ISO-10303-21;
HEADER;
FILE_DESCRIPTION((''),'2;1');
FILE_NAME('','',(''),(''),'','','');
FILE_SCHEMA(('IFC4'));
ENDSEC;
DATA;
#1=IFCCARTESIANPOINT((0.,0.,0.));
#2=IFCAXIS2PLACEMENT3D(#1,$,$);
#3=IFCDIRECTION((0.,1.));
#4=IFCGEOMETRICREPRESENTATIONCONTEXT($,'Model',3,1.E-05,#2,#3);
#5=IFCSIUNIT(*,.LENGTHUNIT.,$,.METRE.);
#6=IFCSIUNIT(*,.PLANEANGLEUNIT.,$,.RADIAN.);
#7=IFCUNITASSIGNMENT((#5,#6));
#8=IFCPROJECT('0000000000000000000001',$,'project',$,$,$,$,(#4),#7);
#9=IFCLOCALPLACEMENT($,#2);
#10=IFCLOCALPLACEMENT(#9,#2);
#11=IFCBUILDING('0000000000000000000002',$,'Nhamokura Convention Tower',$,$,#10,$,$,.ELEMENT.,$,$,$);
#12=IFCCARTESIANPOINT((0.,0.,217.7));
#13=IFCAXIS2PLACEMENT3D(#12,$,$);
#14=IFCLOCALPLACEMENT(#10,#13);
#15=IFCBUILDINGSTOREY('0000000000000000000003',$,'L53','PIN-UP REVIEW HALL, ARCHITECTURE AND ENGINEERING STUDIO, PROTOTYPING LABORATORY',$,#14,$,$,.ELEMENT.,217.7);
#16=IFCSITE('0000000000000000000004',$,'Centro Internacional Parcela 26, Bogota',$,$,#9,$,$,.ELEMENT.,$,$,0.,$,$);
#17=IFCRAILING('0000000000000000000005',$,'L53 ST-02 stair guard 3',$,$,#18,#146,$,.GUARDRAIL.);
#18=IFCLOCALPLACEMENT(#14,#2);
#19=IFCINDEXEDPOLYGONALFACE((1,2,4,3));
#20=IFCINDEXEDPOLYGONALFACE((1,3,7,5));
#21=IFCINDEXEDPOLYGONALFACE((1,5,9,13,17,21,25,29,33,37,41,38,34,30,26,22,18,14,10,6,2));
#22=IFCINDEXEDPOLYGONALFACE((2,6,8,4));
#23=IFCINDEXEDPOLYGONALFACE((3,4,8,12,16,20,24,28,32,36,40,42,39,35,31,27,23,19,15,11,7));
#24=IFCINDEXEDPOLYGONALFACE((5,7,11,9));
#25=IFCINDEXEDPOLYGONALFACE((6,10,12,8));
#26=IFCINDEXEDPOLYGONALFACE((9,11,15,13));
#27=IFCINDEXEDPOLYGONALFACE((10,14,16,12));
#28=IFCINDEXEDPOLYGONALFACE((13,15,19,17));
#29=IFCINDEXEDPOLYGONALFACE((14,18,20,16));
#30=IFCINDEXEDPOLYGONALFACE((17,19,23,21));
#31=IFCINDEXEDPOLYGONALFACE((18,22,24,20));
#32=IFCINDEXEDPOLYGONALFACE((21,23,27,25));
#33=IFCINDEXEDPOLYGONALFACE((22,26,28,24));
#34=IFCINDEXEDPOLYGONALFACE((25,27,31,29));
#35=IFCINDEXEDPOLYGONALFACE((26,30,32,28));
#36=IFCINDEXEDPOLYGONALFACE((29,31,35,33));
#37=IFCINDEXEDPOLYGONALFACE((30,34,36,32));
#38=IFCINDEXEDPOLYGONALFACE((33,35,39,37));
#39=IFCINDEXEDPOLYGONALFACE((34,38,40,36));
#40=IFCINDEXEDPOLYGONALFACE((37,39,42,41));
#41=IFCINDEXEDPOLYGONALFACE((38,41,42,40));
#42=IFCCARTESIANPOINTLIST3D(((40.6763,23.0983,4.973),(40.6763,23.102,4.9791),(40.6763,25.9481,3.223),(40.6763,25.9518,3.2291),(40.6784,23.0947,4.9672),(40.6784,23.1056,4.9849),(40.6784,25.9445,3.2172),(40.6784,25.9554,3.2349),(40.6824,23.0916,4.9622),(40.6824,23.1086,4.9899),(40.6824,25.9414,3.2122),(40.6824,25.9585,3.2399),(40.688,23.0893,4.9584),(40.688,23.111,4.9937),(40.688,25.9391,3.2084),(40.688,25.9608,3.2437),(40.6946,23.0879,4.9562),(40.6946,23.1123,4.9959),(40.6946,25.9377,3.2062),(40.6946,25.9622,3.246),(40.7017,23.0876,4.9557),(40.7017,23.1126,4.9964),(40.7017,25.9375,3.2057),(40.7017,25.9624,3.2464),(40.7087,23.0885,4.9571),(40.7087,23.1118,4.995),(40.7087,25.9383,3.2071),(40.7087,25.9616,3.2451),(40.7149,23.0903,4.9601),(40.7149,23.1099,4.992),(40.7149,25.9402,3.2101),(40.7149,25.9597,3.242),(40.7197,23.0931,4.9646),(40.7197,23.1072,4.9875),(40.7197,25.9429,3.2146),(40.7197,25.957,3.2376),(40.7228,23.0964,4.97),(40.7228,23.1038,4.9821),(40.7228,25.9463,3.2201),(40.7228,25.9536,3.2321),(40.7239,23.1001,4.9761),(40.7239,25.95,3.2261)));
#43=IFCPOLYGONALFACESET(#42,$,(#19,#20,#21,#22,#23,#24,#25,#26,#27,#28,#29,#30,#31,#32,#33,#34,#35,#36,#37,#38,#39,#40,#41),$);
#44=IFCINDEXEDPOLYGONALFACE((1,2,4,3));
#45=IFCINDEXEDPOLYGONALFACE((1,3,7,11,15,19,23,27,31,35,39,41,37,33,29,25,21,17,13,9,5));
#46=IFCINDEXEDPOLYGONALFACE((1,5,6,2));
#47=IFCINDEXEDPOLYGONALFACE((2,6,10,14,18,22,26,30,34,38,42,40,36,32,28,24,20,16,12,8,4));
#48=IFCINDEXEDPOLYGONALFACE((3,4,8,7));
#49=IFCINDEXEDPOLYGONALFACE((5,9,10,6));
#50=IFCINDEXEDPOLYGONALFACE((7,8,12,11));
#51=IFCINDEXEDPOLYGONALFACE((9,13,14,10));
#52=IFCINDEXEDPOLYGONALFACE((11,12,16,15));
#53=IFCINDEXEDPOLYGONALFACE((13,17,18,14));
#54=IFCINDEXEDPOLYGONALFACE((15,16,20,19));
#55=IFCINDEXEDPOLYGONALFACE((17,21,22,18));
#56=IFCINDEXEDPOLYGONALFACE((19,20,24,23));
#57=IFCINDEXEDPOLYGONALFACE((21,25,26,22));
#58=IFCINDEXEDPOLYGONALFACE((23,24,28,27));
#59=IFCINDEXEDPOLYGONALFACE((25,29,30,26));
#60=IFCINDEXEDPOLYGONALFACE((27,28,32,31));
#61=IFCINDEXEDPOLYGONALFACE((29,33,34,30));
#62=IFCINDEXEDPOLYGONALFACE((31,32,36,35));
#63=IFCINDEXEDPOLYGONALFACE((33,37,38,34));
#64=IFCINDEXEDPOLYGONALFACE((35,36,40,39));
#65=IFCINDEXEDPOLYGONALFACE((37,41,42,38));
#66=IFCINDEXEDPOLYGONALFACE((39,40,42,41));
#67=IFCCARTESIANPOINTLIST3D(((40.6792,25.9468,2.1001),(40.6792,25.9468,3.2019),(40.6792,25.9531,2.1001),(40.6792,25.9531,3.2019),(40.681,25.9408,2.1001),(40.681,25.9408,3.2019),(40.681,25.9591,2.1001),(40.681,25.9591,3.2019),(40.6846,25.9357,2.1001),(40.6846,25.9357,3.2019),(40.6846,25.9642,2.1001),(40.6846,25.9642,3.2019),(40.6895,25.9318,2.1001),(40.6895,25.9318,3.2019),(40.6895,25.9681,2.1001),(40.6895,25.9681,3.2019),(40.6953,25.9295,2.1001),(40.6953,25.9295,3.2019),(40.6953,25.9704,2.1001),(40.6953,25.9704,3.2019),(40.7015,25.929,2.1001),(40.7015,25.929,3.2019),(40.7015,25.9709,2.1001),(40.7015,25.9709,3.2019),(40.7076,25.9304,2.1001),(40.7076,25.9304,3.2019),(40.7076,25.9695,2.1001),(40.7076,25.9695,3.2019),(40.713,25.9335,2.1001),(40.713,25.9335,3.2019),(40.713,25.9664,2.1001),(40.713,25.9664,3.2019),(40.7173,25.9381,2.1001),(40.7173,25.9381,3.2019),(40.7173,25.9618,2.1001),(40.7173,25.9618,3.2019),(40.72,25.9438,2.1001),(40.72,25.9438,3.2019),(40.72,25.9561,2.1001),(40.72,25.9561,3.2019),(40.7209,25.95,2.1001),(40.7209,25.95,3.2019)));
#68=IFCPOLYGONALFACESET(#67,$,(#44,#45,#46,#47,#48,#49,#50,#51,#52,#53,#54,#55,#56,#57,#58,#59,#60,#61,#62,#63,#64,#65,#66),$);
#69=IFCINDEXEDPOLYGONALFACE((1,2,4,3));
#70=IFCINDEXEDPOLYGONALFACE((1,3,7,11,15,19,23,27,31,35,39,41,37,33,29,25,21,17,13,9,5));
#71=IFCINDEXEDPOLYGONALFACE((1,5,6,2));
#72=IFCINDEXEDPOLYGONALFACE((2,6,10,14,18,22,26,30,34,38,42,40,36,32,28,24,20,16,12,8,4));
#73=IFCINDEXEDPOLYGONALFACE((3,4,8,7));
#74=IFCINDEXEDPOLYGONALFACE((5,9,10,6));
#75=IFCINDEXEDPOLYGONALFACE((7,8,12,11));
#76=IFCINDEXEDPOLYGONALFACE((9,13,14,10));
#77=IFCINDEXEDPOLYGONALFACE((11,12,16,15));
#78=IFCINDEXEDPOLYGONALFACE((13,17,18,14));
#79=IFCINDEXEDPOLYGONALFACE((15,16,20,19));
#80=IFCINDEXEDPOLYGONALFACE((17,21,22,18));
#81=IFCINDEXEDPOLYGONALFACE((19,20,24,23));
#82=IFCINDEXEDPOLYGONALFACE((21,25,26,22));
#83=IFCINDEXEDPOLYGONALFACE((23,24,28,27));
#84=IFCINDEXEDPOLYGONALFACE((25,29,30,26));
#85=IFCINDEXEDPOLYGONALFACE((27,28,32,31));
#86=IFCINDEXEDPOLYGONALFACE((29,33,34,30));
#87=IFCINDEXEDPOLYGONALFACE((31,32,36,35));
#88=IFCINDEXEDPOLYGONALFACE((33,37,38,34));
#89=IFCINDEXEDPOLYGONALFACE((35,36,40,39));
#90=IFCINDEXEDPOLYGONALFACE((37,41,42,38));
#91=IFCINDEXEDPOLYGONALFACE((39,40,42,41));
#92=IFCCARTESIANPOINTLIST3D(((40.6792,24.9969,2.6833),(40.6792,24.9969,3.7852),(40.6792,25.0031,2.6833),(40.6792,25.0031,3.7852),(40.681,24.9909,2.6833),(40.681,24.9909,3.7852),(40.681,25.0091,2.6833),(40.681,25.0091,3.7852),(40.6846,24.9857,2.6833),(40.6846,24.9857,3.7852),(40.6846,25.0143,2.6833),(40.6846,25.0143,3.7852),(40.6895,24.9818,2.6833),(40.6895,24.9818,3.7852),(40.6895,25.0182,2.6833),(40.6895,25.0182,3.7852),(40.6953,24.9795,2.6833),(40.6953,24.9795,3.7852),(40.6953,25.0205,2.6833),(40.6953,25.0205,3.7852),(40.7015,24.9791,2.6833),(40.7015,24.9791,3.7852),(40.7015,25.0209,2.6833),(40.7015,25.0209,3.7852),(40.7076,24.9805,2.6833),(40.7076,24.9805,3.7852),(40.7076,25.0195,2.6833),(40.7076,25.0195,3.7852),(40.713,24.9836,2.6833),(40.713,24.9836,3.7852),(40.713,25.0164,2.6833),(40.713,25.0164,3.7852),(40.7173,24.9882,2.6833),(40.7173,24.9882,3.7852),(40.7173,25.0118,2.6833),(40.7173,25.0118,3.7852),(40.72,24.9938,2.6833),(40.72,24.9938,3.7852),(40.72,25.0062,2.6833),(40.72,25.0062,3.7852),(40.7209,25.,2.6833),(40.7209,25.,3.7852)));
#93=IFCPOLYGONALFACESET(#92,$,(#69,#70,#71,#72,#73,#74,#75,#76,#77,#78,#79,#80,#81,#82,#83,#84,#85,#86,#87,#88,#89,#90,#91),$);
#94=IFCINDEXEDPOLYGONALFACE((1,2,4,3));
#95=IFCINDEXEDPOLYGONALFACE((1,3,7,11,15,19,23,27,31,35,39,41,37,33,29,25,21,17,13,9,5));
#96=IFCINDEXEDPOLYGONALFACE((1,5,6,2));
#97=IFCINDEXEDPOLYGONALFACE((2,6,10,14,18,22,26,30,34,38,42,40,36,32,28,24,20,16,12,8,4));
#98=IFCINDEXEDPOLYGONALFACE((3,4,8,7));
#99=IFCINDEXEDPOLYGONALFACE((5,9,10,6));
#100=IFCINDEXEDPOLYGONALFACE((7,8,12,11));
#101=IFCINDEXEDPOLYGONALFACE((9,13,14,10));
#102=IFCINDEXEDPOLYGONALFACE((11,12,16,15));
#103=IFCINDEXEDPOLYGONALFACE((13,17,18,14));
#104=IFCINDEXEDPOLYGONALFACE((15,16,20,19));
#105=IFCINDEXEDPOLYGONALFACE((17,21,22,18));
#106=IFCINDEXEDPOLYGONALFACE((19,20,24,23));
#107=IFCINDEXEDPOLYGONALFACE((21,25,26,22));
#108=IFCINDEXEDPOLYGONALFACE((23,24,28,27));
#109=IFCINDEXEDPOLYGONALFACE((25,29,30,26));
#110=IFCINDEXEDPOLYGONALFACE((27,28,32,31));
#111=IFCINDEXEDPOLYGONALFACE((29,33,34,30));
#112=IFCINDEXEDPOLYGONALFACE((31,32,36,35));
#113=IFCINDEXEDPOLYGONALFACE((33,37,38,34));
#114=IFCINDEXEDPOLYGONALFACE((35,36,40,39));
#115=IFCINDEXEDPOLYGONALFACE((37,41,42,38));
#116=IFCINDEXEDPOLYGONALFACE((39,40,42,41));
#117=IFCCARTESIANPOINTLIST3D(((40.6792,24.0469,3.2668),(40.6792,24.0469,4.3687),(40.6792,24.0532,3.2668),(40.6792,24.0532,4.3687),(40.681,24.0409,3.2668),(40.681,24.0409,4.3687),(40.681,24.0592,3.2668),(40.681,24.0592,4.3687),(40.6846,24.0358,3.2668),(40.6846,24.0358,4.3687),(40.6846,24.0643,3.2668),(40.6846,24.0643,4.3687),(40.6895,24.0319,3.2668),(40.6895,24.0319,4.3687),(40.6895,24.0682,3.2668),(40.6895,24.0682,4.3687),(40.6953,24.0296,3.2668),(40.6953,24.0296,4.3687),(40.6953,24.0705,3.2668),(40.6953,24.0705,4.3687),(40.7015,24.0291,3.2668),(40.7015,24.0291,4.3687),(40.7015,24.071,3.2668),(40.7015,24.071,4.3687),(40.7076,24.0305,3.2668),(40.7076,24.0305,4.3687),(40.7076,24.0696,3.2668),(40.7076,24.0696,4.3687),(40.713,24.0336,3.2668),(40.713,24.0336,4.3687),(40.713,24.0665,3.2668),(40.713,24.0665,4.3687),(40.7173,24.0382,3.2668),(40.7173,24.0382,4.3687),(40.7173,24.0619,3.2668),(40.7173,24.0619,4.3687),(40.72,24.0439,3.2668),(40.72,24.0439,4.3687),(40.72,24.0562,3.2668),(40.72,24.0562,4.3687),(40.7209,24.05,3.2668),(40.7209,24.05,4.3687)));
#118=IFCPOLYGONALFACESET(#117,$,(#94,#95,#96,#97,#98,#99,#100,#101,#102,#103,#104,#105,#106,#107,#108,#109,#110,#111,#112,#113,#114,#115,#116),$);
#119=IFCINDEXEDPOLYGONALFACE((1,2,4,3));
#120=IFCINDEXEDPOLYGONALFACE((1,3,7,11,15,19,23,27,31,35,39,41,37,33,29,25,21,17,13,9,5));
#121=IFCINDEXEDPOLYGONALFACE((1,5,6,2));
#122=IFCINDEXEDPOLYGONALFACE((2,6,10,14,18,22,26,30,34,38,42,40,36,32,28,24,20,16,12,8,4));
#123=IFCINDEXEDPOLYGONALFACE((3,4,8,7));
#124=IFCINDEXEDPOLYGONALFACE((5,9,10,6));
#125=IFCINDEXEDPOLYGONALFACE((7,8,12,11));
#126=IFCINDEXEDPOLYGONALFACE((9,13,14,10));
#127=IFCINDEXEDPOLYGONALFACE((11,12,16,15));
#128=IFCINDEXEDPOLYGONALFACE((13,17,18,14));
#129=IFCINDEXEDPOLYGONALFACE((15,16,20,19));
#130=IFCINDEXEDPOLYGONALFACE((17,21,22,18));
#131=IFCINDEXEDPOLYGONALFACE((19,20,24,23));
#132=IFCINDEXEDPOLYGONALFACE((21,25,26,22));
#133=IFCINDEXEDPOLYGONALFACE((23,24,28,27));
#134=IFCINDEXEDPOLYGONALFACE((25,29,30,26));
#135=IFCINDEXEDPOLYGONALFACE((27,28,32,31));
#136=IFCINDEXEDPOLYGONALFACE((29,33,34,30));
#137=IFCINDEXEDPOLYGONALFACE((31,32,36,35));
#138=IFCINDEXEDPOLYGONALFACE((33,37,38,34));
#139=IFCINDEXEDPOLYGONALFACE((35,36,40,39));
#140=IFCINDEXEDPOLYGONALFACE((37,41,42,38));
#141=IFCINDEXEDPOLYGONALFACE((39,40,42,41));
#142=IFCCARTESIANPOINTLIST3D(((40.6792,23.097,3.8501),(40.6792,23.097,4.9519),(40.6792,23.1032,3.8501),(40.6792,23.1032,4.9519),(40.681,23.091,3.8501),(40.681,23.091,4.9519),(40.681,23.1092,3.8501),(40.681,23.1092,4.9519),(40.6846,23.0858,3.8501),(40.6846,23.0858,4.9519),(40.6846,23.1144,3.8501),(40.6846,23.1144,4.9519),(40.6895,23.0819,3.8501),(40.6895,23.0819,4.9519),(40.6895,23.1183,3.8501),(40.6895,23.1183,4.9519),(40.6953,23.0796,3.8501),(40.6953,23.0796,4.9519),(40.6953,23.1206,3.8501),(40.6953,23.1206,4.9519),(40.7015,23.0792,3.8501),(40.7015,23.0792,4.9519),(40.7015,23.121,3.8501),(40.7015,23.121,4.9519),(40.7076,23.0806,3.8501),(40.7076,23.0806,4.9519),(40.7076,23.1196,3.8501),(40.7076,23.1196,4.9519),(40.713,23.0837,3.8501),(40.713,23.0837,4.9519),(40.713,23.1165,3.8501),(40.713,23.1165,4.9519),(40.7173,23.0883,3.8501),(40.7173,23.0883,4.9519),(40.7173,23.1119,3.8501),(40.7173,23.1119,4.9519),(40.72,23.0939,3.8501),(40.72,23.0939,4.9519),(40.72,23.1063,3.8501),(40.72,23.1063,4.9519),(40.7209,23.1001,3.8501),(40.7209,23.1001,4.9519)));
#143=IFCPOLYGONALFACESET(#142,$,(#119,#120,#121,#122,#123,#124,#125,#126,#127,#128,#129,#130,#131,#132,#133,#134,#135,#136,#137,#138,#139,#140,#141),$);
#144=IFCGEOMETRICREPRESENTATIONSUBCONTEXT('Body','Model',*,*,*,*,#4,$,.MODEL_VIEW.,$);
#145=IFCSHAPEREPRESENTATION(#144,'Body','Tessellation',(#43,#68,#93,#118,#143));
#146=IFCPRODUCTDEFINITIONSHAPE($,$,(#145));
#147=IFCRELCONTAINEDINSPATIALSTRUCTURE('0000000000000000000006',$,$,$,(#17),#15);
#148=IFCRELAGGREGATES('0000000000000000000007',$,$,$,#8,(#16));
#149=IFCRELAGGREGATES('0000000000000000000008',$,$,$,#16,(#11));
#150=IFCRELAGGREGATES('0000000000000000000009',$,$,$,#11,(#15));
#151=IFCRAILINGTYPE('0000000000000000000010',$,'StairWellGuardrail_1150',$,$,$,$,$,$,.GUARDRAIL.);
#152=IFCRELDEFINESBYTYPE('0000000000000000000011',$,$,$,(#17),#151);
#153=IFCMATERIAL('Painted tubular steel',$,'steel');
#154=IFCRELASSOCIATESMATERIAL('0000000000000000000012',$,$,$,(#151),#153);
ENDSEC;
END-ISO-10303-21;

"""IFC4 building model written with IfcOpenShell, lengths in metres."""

from ifc_helpers import new_model, si_unit, direction, frame, origin, origin_2d, place, context, subcontext, project, spatial, circle, extrude, material, type_object, element, save


model = new_model("IFC4")

# Units and contexts
model_context = context("Model", 3, precision=1e-05, world=origin(), true_north=direction((0.0, 1.0)))
body_context = subcontext(model_context, "Body", "Model", "MODEL_VIEW")
ifc_project = project(units=[si_unit("LENGTHUNIT", "METRE"), si_unit("PLANEANGLEUNIT", "RADIAN")], contexts=[model_context])

# Site, building, storey
site_placement = place(None, origin())
site = spatial("IfcSite", under=ifc_project, at=site_placement, Name="Centro Internacional Parcela 26, Bogota", CompositionType="ELEMENT", RefElevation=0.0)
building_placement = place(site_placement, origin())
building = spatial("IfcBuilding", under=site, at=building_placement, Name="Nhamokura Convention Tower", CompositionType="ELEMENT")
storey_placement = place(building_placement, frame((0.0, 0.0, 217.7)))
storey = spatial("IfcBuildingStorey", under=building, at=storey_placement, Name="L53", Description="PIN-UP REVIEW HALL, ARCHITECTURE AND ENGINEERING STUDIO, PROTOTYPING LABORATORY", CompositionType="ELEMENT", Elevation=217.7)

# Railing
ifc_material_1 = material(Name="Painted tubular steel", Category="steel")
railing_type_1 = type_object("IfcRailingType", Name="StairWellGuardrail_1150", PredefinedType="GUARDRAIL", material=ifc_material_1)
railing_1_placement = place(storey_placement, frame((40.7, 25.95, 2.1001)))
element("IfcRailing", 1, at=railing_1_placement, inside=storey, type_object=railing_type_1, Name="L53 ST-02 stair guard 3", PredefinedType="GUARDRAIL", context=body_context, shape_type="SweptSolid", body=[
    extrude(circle(Radius=0.0239, at=origin_2d()), frame((0.0, 0.0, 1.126), z_axis=(0.0, -0.852159, 0.523283), x_axis=(1.0, 0.0, 0.0)), (0.0, 0.0, 1.0), 3.3442),
    extrude(circle(Radius=0.021, at=origin_2d()), origin(), (0.0, 0.0, 1.0), 1.1018),
    extrude(circle(Radius=0.021, at=origin_2d()), frame((0.0, -0.95, 0.5833)), (0.0, 0.0, 1.0), 1.1018),
    extrude(circle(Radius=0.021, at=origin_2d()), frame((0.0, -1.8999, 1.1667)), (0.0, 0.0, 1.0), 1.1018),
    extrude(circle(Radius=0.021, at=origin_2d()), frame((0.0, -2.8499, 1.75)), (0.0, 0.0, 1.0), 1.1018),
])

save(model, "model.ifc")
